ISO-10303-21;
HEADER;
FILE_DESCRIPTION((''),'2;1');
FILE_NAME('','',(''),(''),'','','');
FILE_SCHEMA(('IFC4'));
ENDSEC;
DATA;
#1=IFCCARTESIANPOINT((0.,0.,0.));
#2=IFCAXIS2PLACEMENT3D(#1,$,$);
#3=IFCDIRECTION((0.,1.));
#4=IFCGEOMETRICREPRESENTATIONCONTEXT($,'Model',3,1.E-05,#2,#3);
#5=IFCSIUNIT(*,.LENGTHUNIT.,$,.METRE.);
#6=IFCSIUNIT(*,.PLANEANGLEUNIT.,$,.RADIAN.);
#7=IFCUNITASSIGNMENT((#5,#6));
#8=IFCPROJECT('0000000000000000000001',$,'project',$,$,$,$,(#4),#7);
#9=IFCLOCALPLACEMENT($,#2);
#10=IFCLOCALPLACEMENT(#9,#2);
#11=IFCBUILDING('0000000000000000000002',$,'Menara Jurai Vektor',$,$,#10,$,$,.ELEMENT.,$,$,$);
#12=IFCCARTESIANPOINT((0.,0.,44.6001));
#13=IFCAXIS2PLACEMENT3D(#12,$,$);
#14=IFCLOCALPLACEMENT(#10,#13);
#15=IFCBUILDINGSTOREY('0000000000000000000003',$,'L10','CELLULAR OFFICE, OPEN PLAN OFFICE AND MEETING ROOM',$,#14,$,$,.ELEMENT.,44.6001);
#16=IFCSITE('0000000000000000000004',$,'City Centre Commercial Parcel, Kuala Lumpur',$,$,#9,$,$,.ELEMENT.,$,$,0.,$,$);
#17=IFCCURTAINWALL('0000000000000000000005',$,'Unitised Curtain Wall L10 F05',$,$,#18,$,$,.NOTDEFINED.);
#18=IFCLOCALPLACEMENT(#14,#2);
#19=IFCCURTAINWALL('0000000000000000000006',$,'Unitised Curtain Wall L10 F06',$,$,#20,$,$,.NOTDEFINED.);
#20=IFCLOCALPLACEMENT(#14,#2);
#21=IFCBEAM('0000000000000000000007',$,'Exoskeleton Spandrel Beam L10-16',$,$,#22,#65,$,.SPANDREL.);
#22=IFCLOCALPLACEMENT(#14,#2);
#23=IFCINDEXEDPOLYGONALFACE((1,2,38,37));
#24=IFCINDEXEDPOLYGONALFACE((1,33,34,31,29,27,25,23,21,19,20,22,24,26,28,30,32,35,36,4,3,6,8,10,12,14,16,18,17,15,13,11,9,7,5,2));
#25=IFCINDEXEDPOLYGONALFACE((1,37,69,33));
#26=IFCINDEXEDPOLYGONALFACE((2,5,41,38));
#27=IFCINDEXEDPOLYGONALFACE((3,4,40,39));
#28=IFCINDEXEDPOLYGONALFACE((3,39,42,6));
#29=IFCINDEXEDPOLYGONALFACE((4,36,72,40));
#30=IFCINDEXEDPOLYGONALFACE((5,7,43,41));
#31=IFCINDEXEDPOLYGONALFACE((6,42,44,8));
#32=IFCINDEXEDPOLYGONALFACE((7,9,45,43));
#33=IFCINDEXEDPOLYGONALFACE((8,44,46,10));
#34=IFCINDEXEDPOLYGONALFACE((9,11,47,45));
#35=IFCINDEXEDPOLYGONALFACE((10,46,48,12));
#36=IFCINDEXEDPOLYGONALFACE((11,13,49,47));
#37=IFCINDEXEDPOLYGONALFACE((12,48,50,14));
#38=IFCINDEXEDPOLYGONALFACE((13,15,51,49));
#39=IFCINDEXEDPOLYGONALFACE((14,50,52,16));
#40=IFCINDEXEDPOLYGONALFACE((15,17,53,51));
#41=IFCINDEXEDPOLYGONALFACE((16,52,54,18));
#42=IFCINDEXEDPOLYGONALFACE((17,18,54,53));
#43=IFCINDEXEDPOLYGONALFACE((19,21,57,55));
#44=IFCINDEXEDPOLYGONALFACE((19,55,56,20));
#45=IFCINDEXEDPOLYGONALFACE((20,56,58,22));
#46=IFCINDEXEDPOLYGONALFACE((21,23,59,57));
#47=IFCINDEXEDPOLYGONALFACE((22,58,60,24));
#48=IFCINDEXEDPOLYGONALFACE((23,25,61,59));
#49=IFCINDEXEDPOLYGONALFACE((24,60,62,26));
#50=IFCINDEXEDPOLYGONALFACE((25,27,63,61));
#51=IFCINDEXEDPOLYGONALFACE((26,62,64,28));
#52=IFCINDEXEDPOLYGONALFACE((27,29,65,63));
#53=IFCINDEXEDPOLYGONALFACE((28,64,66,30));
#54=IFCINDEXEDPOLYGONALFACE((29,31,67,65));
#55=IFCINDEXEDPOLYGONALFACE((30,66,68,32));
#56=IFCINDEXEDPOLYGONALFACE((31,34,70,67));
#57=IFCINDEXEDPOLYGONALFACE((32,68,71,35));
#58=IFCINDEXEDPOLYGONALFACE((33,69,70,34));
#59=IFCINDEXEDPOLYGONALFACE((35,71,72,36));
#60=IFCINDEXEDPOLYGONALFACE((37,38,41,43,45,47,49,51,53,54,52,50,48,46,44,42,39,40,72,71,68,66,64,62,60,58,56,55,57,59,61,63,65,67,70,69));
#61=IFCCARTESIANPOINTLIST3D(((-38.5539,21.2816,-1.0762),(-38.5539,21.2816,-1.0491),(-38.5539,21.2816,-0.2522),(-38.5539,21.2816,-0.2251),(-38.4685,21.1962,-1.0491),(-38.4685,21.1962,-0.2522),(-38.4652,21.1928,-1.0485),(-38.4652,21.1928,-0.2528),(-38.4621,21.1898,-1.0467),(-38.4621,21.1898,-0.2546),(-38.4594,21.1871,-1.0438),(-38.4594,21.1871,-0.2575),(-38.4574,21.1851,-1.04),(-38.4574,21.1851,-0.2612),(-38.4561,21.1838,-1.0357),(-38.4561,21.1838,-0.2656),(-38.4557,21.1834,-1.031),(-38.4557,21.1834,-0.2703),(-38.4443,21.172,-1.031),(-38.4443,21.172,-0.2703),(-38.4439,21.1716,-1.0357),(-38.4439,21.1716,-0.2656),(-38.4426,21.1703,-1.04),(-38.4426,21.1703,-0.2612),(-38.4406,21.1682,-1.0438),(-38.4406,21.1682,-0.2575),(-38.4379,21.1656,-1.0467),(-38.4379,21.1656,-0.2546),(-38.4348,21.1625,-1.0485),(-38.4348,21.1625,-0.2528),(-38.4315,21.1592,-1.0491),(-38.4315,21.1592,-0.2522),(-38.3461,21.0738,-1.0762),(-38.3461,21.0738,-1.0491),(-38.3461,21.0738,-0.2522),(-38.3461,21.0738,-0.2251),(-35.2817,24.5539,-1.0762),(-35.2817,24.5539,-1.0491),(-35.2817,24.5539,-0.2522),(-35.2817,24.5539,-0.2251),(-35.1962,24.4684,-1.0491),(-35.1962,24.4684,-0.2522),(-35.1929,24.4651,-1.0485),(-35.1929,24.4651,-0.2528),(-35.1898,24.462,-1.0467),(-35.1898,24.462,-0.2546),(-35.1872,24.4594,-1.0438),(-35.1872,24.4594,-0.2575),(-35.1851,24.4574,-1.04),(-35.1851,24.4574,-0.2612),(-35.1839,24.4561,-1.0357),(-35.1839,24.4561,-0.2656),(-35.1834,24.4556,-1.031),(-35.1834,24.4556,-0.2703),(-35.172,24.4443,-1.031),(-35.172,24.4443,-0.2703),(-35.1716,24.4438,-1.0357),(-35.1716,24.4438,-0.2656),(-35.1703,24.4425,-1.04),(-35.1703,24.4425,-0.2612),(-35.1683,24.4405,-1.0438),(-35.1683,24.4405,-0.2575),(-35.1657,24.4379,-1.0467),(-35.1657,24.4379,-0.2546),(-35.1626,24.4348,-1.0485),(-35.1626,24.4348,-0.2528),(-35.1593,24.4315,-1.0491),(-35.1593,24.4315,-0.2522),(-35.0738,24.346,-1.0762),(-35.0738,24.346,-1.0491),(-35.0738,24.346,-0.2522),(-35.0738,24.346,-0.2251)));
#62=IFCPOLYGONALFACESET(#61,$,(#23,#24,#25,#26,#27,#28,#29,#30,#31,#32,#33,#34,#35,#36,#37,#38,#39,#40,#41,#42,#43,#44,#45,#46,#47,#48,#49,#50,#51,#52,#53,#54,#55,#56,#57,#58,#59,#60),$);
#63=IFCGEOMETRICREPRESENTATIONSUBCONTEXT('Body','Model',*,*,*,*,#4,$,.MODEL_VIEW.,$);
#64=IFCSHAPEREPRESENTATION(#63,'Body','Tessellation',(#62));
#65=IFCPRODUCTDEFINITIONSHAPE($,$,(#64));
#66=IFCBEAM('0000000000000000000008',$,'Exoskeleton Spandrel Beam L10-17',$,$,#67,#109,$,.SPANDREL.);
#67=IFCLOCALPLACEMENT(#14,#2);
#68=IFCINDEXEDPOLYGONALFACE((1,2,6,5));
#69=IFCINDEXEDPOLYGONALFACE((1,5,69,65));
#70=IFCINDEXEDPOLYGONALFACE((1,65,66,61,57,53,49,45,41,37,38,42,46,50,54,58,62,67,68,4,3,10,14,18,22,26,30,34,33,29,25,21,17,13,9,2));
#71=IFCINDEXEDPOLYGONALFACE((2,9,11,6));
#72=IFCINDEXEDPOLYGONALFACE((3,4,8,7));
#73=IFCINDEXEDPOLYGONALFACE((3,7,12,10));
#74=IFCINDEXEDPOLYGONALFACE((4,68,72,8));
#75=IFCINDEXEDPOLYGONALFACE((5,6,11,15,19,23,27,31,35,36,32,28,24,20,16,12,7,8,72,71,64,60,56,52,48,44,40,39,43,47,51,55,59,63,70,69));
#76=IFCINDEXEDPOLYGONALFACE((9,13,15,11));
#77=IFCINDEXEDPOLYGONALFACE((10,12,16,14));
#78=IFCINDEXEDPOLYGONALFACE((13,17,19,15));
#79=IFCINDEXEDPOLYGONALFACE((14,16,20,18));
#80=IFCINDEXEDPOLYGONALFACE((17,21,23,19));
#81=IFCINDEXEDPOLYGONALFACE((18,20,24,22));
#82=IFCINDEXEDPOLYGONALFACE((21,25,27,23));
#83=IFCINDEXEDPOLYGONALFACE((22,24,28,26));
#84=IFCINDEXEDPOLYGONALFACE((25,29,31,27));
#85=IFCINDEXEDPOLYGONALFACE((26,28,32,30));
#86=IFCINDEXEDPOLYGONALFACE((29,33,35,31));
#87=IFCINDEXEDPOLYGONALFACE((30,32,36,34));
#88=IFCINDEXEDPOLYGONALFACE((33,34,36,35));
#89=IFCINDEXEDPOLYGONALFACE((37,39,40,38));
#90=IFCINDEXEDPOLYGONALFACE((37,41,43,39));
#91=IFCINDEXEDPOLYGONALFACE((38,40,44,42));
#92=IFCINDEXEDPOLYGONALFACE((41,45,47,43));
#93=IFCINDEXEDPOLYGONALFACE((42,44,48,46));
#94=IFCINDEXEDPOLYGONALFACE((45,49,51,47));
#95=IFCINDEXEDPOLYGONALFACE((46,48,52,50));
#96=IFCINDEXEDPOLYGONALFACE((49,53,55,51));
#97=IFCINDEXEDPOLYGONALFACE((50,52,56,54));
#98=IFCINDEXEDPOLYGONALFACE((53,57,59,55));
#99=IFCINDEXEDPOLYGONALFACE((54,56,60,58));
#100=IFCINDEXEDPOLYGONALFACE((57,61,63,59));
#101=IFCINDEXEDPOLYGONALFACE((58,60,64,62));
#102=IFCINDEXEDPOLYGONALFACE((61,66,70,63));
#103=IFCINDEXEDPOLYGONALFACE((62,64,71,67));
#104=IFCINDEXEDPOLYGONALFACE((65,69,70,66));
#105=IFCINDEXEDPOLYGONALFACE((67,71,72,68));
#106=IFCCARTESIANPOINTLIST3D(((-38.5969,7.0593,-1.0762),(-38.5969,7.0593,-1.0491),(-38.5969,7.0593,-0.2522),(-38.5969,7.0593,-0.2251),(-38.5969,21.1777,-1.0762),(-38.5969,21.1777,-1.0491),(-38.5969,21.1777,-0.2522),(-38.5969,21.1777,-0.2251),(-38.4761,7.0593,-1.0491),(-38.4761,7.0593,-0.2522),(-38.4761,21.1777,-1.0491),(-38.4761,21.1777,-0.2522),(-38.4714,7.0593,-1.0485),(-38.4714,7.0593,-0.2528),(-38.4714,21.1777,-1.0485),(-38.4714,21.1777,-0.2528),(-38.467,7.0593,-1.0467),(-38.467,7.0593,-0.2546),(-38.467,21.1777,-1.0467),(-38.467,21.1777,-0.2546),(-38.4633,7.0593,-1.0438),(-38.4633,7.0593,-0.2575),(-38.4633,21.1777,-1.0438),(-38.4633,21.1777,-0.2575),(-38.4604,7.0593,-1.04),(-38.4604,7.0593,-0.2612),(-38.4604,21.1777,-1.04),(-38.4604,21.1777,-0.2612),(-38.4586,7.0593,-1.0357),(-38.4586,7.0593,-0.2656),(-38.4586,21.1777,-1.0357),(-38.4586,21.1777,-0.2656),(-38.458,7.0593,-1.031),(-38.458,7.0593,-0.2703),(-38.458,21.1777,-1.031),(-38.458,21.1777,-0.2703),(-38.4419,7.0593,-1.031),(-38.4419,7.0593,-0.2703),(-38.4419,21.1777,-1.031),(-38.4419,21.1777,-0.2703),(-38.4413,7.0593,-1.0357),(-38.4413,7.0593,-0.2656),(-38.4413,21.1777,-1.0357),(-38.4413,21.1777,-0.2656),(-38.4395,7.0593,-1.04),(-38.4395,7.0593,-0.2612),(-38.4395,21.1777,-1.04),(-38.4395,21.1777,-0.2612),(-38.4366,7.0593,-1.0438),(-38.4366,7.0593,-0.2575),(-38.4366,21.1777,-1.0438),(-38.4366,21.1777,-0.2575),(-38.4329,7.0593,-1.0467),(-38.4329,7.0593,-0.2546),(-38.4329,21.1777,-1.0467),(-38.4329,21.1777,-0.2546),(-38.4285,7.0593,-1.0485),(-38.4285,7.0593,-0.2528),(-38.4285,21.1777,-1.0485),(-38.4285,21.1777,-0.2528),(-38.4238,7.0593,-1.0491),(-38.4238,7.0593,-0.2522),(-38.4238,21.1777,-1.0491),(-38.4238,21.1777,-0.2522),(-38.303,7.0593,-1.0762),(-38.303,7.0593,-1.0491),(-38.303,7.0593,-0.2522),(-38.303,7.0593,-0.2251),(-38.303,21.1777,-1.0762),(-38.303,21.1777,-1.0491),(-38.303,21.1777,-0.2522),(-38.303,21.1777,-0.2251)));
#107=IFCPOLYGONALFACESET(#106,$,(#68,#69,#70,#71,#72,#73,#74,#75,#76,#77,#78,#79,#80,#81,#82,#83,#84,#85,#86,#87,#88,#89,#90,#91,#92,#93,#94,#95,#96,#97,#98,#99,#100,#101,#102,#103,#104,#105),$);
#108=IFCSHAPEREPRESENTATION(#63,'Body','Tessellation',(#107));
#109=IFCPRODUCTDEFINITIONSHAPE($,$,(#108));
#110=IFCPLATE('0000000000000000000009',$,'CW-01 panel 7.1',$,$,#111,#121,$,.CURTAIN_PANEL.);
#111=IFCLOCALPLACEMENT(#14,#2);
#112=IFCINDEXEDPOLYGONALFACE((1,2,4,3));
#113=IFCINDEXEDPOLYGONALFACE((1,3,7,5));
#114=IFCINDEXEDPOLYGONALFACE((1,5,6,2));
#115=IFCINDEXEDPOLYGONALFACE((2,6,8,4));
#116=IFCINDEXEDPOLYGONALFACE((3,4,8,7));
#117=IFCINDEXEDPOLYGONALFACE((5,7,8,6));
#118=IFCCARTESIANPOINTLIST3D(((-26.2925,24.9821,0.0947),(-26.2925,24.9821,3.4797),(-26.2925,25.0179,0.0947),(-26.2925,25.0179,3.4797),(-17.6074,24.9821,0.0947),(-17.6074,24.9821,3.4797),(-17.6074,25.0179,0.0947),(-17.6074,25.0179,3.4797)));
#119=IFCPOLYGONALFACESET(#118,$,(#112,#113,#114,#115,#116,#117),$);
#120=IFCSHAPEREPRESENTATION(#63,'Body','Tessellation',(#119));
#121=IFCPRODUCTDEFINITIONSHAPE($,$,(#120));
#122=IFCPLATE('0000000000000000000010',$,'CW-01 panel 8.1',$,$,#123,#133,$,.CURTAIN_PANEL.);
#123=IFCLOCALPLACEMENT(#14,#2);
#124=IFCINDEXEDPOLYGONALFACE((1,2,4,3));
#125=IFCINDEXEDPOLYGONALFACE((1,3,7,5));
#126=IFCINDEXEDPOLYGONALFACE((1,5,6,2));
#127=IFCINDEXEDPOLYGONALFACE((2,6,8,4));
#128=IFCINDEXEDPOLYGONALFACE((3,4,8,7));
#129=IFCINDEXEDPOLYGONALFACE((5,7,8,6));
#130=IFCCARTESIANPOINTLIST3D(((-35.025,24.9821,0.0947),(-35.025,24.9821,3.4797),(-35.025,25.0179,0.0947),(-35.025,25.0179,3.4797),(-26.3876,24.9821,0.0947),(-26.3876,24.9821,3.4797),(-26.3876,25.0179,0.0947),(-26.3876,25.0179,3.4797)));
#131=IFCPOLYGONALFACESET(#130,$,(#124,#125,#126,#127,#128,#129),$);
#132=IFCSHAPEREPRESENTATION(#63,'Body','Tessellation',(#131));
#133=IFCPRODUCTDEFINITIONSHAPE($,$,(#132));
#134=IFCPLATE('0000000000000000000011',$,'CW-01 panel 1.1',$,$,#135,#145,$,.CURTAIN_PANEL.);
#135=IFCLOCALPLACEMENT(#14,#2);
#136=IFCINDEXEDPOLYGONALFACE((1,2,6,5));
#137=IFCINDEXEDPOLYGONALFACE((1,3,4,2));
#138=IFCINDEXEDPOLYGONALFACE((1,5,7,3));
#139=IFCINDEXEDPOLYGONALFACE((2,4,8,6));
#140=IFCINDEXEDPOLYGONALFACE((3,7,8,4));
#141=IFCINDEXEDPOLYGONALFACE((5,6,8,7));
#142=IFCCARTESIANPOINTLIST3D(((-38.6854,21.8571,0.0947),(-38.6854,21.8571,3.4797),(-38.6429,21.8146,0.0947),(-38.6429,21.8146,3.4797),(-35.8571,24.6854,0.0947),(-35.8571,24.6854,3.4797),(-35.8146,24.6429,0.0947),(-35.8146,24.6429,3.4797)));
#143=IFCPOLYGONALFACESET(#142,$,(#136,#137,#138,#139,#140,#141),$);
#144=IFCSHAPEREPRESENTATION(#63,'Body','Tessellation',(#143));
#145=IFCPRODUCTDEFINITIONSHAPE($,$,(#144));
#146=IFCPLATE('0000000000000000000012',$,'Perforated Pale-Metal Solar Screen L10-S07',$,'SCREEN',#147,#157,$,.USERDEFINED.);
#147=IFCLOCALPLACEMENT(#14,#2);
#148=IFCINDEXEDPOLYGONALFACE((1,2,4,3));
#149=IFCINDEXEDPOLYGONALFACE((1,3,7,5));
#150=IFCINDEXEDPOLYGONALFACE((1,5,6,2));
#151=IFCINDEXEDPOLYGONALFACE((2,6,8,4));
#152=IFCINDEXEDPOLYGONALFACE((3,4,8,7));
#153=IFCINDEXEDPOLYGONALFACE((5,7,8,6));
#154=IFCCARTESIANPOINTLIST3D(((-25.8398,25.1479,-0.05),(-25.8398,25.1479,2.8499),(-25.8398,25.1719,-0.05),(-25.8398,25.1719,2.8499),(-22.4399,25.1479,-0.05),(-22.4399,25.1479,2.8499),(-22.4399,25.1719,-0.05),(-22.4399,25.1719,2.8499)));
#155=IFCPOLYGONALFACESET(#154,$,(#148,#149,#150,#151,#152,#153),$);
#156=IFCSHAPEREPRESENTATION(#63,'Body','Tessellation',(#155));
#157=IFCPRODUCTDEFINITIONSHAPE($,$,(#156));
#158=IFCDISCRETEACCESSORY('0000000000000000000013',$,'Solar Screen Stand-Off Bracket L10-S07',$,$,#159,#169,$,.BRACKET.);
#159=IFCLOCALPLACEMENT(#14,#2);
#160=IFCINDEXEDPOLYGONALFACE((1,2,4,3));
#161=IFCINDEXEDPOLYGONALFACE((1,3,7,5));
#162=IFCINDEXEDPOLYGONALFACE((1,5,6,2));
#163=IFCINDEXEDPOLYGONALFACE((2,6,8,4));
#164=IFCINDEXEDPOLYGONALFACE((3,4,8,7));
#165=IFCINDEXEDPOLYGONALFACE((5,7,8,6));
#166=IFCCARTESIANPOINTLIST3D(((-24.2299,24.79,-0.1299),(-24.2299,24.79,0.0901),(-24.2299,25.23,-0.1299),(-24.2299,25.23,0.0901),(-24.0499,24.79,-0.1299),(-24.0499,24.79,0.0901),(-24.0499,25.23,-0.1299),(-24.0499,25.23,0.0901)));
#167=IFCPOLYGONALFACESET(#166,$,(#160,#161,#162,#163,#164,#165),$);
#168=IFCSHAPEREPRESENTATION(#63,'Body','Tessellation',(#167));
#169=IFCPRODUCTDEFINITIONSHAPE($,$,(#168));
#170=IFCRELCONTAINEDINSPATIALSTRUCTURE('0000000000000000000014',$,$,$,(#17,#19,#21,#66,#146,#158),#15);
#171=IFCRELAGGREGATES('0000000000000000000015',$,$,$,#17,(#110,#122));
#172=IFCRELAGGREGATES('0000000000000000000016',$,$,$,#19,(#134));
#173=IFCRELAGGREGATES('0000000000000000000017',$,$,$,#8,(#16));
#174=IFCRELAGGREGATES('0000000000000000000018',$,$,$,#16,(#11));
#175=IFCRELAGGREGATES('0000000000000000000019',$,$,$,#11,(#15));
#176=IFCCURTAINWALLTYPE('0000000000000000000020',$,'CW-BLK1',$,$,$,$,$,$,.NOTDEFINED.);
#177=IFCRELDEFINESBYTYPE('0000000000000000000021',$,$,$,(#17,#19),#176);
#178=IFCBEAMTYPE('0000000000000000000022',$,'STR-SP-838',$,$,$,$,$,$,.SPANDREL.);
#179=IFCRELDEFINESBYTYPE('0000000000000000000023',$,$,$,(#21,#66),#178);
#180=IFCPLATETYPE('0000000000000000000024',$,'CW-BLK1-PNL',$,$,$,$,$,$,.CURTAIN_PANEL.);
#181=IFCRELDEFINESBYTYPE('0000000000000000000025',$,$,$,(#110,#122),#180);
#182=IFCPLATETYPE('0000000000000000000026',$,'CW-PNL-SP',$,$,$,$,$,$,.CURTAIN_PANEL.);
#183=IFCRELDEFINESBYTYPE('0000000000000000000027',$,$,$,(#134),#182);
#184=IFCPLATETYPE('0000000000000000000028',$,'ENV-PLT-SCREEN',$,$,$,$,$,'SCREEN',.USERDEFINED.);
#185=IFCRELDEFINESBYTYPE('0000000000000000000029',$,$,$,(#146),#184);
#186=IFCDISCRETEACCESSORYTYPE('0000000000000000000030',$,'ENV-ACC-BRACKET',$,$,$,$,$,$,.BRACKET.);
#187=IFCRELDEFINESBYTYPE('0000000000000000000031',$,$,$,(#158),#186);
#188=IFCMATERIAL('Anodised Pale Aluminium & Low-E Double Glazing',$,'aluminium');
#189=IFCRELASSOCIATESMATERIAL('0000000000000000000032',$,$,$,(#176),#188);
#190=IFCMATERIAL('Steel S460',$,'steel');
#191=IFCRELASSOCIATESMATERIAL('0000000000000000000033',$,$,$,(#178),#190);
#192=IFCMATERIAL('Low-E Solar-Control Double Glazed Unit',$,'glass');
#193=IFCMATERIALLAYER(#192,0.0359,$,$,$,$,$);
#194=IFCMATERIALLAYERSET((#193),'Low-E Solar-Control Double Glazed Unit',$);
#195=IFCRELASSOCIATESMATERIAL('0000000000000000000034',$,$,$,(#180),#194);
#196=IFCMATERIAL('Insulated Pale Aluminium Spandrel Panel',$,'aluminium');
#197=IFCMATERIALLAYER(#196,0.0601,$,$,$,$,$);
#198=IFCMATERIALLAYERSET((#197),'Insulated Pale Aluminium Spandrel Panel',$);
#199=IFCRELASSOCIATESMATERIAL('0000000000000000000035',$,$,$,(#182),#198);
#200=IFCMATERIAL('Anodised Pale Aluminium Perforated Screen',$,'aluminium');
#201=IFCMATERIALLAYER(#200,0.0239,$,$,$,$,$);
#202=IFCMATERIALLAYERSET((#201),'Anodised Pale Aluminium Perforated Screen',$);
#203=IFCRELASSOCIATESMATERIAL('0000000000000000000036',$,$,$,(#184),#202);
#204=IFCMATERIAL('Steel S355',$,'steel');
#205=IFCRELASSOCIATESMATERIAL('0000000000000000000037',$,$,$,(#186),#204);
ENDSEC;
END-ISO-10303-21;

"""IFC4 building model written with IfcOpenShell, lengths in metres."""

from ifc_helpers import new_model, si_unit, direction, frame, origin, origin_2d, place, context, subcontext, project, spatial, rectangle, i_section, extrude, material, layer, layer_set, material_profile, profile_set, type_object, element, aggregate, save


model = new_model("IFC4")

# Units and contexts
model_context = context("Model", 3, precision=1e-05, world=origin(), true_north=direction((0.0, 1.0)))
body_context = subcontext(model_context, "Body", "Model", "MODEL_VIEW")
ifc_project = project(units=[si_unit("LENGTHUNIT", "METRE"), si_unit("PLANEANGLEUNIT", "RADIAN")], contexts=[model_context])

# Site, building, storey
site_placement = place(None, origin())
site = spatial("IfcSite", under=ifc_project, at=site_placement, Name="City Centre Commercial Parcel, Kuala Lumpur", CompositionType="ELEMENT", RefElevation=0.0)
building_placement = place(site_placement, origin())
building = spatial("IfcBuilding", under=site, at=building_placement, Name="Menara Jurai Vektor", CompositionType="ELEMENT")
storey_placement = place(building_placement, frame((0.0, 0.0, 44.6001)))
storey = spatial("IfcBuildingStorey", under=building, at=storey_placement, Name="L10", Description="CELLULAR OFFICE, OPEN PLAN OFFICE AND MEETING ROOM", CompositionType="ELEMENT", Elevation=44.6001)

# Shared definitions
ifc_material_1 = material(Name="Steel S460", Category="steel")

# Curtain walls
ifc_material_2 = material(Name="Anodised Pale Aluminium & Low-E Double Glazing", Category="aluminium")
curtain_wall_type = type_object("IfcCurtainWallType", Name="CW-BLK1", PredefinedType="NOTDEFINED", material=ifc_material_2)
curtain_wall_1_placement = place(storey_placement, origin())
curtain_wall_1 = element("IfcCurtainWall", 1, at=curtain_wall_1_placement, inside=storey, type_object=curtain_wall_type, Name="Unitised Curtain Wall L10 F05", PredefinedType="NOTDEFINED")
curtain_wall_2_placement = place(storey_placement, origin())
curtain_wall_2 = element("IfcCurtainWall", 2, at=curtain_wall_2_placement, inside=storey, type_object=curtain_wall_type, Name="Unitised Curtain Wall L10 F06", PredefinedType="NOTDEFINED")

# Shared definitions
ifc_material_3 = material(Name="Steel S355", Category="steel")

# Beams
ifc_material_profile_1 = material_profile(ifc_material_1, i_section(OverallWidth=0.2939, OverallDepth=0.8511, WebThickness=0.0161, FlangeThickness=0.0271, FilletRadius=0.0181, at=origin_2d()), Name="UKB 838x292x226")
ifc_profile_set_1 = profile_set([ifc_material_profile_1], Name="Steel S460")
beam_type_1 = type_object("IfcBeamType", Name="STR-SP-838", PredefinedType="SPANDREL", material=ifc_profile_set_1)
beam_1_placement = place(storey_placement, frame((-35.1777, 24.45, -0.6506), z_axis=(-0.707107, -0.707107, 0.0), x_axis=(0.707107, -0.707107, 0.0)))
element("IfcBeam", 3, at=beam_1_placement, inside=storey, type_object=beam_type_1, Name="Exoskeleton Spandrel Beam L10-16", PredefinedType="SPANDREL", context=body_context, shape_type="SweptSolid", body=[
    extrude(i_section(OverallWidth=0.2939, OverallDepth=0.8511, WebThickness=0.0161, FlangeThickness=0.0271, FilletRadius=0.0181, at=origin_2d()), origin(), (0.0, 0.0, 1.0), 4.6277),
])
beam_2_placement = place(storey_placement, frame((-38.45, 21.1777, -0.6506), z_axis=(0.0, -1.0, 0.0), x_axis=(1.0, 0.0, 0.0)))
element("IfcBeam", 4, at=beam_2_placement, inside=storey, type_object=beam_type_1, Name="Exoskeleton Spandrel Beam L10-17", PredefinedType="SPANDREL", context=body_context, shape_type="SweptSolid", body=[
    extrude(i_section(OverallWidth=0.2939, OverallDepth=0.8511, WebThickness=0.0161, FlangeThickness=0.0271, FilletRadius=0.0181, at=origin_2d()), origin(), (0.0, 0.0, 1.0), 14.1184),
])

# Plates
ifc_material_4 = material(Name="Low-E Solar-Control Double Glazed Unit", Category="glass")
ifc_layer_1 = layer(ifc_material_4, 0.0359)
ifc_layer_set_1 = layer_set([ifc_layer_1], Name="Low-E Solar-Control Double Glazed Unit")
plate_type_1 = type_object("IfcPlateType", Name="CW-BLK1-PNL", PredefinedType="CURTAIN_PANEL", material=ifc_layer_set_1)
plate_1_placement = place(storey_placement, frame((-21.95, 25.0, 0.0947), z_axis=(0.0, 0.0, 1.0), x_axis=(-1.0, 0.0, 0.0)))
plate_1 = element("IfcPlate", 5, at=plate_1_placement, type_object=plate_type_1, Name="CW-01 panel 7.1", PredefinedType="CURTAIN_PANEL", context=body_context, shape_type="SweptSolid", body=[
    extrude(rectangle(XDim=8.6851, YDim=0.0359, at=origin_2d()), origin(), (0.0, 0.0, 1.0), 3.385),
])
plate_2_placement = place(storey_placement, frame((-30.7063, 25.0, 0.0947), z_axis=(0.0, 0.0, 1.0), x_axis=(-1.0, 0.0, 0.0)))
plate_2 = element("IfcPlate", 6, at=plate_2_placement, type_object=plate_type_1, Name="CW-01 panel 8.1", PredefinedType="CURTAIN_PANEL", context=body_context, shape_type="SweptSolid", body=[
    extrude(rectangle(XDim=8.6375, YDim=0.0359, at=origin_2d()), origin(), (0.0, 0.0, 1.0), 3.385),
])
aggregate(curtain_wall_1, [plate_1, plate_2])
ifc_material_5 = material(Name="Insulated Pale Aluminium Spandrel Panel", Category="aluminium")
ifc_layer_2 = layer(ifc_material_5, 0.0601)
ifc_layer_set_2 = layer_set([ifc_layer_2], Name="Insulated Pale Aluminium Spandrel Panel")
plate_type_2 = type_object("IfcPlateType", Name="CW-PNL-SP", PredefinedType="CURTAIN_PANEL", material=ifc_layer_set_2)
plate_3_placement = place(storey_placement, frame((-37.25, 23.25, 0.0947), z_axis=(0.0, 0.0, 1.0), x_axis=(-0.707107, -0.707107, 0.0)))
plate_3 = element("IfcPlate", 7, at=plate_3_placement, type_object=plate_type_2, Name="CW-01 panel 1.1", PredefinedType="CURTAIN_PANEL", context=body_context, shape_type="SweptSolid", body=[
    extrude(rectangle(XDim=3.9998, YDim=0.0601, at=origin_2d()), origin(), (0.0, 0.0, 1.0), 3.385),
])
aggregate(curtain_wall_2, [plate_3])
ifc_material_6 = material(Name="Anodised Pale Aluminium Perforated Screen", Category="aluminium")
ifc_layer_3 = layer(ifc_material_6, 0.0239)
ifc_layer_set_3 = layer_set([ifc_layer_3], Name="Anodised Pale Aluminium Perforated Screen")
plate_type_3 = type_object("IfcPlateType", Name="ENV-PLT-SCREEN", ElementType="SCREEN", PredefinedType="USERDEFINED", material=ifc_layer_set_3)
plate_4_placement = place(storey_placement, frame((-24.1399, 25.1599, -0.05), z_axis=(0.0, 0.0, 1.0), x_axis=(-1.0, 0.0, 0.0)))
element("IfcPlate", 8, at=plate_4_placement, inside=storey, type_object=plate_type_3, Name="Perforated Pale-Metal Solar Screen L10-S07", ObjectType="SCREEN", PredefinedType="USERDEFINED", context=body_context, shape_type="SweptSolid", body=[
    extrude(rectangle(XDim=3.3999, YDim=0.0239, at=origin_2d()), origin(), (0.0, 0.0, 1.0), 2.8999),
])

# Discrete accessory
discrete_accessory_type = type_object("IfcDiscreteAccessoryType", Name="ENV-ACC-BRACKET", PredefinedType="BRACKET", material=ifc_material_3)
discrete_accessory_placement = place(storey_placement, frame((-24.1399, 25.01, -0.1299), z_axis=(0.0, 0.0, 1.0), x_axis=(-1.0, 0.0, 0.0)))
element("IfcDiscreteAccessory", 9, at=discrete_accessory_placement, inside=storey, type_object=discrete_accessory_type, Name="Solar Screen Stand-Off Bracket L10-S07", PredefinedType="BRACKET", context=body_context, shape_type="SweptSolid", body=[
    extrude(rectangle(XDim=0.1799, YDim=0.4399, at=origin_2d()), origin(), (0.0, 0.0, 1.0), 0.22),
])

save(model, "model.ifc")
